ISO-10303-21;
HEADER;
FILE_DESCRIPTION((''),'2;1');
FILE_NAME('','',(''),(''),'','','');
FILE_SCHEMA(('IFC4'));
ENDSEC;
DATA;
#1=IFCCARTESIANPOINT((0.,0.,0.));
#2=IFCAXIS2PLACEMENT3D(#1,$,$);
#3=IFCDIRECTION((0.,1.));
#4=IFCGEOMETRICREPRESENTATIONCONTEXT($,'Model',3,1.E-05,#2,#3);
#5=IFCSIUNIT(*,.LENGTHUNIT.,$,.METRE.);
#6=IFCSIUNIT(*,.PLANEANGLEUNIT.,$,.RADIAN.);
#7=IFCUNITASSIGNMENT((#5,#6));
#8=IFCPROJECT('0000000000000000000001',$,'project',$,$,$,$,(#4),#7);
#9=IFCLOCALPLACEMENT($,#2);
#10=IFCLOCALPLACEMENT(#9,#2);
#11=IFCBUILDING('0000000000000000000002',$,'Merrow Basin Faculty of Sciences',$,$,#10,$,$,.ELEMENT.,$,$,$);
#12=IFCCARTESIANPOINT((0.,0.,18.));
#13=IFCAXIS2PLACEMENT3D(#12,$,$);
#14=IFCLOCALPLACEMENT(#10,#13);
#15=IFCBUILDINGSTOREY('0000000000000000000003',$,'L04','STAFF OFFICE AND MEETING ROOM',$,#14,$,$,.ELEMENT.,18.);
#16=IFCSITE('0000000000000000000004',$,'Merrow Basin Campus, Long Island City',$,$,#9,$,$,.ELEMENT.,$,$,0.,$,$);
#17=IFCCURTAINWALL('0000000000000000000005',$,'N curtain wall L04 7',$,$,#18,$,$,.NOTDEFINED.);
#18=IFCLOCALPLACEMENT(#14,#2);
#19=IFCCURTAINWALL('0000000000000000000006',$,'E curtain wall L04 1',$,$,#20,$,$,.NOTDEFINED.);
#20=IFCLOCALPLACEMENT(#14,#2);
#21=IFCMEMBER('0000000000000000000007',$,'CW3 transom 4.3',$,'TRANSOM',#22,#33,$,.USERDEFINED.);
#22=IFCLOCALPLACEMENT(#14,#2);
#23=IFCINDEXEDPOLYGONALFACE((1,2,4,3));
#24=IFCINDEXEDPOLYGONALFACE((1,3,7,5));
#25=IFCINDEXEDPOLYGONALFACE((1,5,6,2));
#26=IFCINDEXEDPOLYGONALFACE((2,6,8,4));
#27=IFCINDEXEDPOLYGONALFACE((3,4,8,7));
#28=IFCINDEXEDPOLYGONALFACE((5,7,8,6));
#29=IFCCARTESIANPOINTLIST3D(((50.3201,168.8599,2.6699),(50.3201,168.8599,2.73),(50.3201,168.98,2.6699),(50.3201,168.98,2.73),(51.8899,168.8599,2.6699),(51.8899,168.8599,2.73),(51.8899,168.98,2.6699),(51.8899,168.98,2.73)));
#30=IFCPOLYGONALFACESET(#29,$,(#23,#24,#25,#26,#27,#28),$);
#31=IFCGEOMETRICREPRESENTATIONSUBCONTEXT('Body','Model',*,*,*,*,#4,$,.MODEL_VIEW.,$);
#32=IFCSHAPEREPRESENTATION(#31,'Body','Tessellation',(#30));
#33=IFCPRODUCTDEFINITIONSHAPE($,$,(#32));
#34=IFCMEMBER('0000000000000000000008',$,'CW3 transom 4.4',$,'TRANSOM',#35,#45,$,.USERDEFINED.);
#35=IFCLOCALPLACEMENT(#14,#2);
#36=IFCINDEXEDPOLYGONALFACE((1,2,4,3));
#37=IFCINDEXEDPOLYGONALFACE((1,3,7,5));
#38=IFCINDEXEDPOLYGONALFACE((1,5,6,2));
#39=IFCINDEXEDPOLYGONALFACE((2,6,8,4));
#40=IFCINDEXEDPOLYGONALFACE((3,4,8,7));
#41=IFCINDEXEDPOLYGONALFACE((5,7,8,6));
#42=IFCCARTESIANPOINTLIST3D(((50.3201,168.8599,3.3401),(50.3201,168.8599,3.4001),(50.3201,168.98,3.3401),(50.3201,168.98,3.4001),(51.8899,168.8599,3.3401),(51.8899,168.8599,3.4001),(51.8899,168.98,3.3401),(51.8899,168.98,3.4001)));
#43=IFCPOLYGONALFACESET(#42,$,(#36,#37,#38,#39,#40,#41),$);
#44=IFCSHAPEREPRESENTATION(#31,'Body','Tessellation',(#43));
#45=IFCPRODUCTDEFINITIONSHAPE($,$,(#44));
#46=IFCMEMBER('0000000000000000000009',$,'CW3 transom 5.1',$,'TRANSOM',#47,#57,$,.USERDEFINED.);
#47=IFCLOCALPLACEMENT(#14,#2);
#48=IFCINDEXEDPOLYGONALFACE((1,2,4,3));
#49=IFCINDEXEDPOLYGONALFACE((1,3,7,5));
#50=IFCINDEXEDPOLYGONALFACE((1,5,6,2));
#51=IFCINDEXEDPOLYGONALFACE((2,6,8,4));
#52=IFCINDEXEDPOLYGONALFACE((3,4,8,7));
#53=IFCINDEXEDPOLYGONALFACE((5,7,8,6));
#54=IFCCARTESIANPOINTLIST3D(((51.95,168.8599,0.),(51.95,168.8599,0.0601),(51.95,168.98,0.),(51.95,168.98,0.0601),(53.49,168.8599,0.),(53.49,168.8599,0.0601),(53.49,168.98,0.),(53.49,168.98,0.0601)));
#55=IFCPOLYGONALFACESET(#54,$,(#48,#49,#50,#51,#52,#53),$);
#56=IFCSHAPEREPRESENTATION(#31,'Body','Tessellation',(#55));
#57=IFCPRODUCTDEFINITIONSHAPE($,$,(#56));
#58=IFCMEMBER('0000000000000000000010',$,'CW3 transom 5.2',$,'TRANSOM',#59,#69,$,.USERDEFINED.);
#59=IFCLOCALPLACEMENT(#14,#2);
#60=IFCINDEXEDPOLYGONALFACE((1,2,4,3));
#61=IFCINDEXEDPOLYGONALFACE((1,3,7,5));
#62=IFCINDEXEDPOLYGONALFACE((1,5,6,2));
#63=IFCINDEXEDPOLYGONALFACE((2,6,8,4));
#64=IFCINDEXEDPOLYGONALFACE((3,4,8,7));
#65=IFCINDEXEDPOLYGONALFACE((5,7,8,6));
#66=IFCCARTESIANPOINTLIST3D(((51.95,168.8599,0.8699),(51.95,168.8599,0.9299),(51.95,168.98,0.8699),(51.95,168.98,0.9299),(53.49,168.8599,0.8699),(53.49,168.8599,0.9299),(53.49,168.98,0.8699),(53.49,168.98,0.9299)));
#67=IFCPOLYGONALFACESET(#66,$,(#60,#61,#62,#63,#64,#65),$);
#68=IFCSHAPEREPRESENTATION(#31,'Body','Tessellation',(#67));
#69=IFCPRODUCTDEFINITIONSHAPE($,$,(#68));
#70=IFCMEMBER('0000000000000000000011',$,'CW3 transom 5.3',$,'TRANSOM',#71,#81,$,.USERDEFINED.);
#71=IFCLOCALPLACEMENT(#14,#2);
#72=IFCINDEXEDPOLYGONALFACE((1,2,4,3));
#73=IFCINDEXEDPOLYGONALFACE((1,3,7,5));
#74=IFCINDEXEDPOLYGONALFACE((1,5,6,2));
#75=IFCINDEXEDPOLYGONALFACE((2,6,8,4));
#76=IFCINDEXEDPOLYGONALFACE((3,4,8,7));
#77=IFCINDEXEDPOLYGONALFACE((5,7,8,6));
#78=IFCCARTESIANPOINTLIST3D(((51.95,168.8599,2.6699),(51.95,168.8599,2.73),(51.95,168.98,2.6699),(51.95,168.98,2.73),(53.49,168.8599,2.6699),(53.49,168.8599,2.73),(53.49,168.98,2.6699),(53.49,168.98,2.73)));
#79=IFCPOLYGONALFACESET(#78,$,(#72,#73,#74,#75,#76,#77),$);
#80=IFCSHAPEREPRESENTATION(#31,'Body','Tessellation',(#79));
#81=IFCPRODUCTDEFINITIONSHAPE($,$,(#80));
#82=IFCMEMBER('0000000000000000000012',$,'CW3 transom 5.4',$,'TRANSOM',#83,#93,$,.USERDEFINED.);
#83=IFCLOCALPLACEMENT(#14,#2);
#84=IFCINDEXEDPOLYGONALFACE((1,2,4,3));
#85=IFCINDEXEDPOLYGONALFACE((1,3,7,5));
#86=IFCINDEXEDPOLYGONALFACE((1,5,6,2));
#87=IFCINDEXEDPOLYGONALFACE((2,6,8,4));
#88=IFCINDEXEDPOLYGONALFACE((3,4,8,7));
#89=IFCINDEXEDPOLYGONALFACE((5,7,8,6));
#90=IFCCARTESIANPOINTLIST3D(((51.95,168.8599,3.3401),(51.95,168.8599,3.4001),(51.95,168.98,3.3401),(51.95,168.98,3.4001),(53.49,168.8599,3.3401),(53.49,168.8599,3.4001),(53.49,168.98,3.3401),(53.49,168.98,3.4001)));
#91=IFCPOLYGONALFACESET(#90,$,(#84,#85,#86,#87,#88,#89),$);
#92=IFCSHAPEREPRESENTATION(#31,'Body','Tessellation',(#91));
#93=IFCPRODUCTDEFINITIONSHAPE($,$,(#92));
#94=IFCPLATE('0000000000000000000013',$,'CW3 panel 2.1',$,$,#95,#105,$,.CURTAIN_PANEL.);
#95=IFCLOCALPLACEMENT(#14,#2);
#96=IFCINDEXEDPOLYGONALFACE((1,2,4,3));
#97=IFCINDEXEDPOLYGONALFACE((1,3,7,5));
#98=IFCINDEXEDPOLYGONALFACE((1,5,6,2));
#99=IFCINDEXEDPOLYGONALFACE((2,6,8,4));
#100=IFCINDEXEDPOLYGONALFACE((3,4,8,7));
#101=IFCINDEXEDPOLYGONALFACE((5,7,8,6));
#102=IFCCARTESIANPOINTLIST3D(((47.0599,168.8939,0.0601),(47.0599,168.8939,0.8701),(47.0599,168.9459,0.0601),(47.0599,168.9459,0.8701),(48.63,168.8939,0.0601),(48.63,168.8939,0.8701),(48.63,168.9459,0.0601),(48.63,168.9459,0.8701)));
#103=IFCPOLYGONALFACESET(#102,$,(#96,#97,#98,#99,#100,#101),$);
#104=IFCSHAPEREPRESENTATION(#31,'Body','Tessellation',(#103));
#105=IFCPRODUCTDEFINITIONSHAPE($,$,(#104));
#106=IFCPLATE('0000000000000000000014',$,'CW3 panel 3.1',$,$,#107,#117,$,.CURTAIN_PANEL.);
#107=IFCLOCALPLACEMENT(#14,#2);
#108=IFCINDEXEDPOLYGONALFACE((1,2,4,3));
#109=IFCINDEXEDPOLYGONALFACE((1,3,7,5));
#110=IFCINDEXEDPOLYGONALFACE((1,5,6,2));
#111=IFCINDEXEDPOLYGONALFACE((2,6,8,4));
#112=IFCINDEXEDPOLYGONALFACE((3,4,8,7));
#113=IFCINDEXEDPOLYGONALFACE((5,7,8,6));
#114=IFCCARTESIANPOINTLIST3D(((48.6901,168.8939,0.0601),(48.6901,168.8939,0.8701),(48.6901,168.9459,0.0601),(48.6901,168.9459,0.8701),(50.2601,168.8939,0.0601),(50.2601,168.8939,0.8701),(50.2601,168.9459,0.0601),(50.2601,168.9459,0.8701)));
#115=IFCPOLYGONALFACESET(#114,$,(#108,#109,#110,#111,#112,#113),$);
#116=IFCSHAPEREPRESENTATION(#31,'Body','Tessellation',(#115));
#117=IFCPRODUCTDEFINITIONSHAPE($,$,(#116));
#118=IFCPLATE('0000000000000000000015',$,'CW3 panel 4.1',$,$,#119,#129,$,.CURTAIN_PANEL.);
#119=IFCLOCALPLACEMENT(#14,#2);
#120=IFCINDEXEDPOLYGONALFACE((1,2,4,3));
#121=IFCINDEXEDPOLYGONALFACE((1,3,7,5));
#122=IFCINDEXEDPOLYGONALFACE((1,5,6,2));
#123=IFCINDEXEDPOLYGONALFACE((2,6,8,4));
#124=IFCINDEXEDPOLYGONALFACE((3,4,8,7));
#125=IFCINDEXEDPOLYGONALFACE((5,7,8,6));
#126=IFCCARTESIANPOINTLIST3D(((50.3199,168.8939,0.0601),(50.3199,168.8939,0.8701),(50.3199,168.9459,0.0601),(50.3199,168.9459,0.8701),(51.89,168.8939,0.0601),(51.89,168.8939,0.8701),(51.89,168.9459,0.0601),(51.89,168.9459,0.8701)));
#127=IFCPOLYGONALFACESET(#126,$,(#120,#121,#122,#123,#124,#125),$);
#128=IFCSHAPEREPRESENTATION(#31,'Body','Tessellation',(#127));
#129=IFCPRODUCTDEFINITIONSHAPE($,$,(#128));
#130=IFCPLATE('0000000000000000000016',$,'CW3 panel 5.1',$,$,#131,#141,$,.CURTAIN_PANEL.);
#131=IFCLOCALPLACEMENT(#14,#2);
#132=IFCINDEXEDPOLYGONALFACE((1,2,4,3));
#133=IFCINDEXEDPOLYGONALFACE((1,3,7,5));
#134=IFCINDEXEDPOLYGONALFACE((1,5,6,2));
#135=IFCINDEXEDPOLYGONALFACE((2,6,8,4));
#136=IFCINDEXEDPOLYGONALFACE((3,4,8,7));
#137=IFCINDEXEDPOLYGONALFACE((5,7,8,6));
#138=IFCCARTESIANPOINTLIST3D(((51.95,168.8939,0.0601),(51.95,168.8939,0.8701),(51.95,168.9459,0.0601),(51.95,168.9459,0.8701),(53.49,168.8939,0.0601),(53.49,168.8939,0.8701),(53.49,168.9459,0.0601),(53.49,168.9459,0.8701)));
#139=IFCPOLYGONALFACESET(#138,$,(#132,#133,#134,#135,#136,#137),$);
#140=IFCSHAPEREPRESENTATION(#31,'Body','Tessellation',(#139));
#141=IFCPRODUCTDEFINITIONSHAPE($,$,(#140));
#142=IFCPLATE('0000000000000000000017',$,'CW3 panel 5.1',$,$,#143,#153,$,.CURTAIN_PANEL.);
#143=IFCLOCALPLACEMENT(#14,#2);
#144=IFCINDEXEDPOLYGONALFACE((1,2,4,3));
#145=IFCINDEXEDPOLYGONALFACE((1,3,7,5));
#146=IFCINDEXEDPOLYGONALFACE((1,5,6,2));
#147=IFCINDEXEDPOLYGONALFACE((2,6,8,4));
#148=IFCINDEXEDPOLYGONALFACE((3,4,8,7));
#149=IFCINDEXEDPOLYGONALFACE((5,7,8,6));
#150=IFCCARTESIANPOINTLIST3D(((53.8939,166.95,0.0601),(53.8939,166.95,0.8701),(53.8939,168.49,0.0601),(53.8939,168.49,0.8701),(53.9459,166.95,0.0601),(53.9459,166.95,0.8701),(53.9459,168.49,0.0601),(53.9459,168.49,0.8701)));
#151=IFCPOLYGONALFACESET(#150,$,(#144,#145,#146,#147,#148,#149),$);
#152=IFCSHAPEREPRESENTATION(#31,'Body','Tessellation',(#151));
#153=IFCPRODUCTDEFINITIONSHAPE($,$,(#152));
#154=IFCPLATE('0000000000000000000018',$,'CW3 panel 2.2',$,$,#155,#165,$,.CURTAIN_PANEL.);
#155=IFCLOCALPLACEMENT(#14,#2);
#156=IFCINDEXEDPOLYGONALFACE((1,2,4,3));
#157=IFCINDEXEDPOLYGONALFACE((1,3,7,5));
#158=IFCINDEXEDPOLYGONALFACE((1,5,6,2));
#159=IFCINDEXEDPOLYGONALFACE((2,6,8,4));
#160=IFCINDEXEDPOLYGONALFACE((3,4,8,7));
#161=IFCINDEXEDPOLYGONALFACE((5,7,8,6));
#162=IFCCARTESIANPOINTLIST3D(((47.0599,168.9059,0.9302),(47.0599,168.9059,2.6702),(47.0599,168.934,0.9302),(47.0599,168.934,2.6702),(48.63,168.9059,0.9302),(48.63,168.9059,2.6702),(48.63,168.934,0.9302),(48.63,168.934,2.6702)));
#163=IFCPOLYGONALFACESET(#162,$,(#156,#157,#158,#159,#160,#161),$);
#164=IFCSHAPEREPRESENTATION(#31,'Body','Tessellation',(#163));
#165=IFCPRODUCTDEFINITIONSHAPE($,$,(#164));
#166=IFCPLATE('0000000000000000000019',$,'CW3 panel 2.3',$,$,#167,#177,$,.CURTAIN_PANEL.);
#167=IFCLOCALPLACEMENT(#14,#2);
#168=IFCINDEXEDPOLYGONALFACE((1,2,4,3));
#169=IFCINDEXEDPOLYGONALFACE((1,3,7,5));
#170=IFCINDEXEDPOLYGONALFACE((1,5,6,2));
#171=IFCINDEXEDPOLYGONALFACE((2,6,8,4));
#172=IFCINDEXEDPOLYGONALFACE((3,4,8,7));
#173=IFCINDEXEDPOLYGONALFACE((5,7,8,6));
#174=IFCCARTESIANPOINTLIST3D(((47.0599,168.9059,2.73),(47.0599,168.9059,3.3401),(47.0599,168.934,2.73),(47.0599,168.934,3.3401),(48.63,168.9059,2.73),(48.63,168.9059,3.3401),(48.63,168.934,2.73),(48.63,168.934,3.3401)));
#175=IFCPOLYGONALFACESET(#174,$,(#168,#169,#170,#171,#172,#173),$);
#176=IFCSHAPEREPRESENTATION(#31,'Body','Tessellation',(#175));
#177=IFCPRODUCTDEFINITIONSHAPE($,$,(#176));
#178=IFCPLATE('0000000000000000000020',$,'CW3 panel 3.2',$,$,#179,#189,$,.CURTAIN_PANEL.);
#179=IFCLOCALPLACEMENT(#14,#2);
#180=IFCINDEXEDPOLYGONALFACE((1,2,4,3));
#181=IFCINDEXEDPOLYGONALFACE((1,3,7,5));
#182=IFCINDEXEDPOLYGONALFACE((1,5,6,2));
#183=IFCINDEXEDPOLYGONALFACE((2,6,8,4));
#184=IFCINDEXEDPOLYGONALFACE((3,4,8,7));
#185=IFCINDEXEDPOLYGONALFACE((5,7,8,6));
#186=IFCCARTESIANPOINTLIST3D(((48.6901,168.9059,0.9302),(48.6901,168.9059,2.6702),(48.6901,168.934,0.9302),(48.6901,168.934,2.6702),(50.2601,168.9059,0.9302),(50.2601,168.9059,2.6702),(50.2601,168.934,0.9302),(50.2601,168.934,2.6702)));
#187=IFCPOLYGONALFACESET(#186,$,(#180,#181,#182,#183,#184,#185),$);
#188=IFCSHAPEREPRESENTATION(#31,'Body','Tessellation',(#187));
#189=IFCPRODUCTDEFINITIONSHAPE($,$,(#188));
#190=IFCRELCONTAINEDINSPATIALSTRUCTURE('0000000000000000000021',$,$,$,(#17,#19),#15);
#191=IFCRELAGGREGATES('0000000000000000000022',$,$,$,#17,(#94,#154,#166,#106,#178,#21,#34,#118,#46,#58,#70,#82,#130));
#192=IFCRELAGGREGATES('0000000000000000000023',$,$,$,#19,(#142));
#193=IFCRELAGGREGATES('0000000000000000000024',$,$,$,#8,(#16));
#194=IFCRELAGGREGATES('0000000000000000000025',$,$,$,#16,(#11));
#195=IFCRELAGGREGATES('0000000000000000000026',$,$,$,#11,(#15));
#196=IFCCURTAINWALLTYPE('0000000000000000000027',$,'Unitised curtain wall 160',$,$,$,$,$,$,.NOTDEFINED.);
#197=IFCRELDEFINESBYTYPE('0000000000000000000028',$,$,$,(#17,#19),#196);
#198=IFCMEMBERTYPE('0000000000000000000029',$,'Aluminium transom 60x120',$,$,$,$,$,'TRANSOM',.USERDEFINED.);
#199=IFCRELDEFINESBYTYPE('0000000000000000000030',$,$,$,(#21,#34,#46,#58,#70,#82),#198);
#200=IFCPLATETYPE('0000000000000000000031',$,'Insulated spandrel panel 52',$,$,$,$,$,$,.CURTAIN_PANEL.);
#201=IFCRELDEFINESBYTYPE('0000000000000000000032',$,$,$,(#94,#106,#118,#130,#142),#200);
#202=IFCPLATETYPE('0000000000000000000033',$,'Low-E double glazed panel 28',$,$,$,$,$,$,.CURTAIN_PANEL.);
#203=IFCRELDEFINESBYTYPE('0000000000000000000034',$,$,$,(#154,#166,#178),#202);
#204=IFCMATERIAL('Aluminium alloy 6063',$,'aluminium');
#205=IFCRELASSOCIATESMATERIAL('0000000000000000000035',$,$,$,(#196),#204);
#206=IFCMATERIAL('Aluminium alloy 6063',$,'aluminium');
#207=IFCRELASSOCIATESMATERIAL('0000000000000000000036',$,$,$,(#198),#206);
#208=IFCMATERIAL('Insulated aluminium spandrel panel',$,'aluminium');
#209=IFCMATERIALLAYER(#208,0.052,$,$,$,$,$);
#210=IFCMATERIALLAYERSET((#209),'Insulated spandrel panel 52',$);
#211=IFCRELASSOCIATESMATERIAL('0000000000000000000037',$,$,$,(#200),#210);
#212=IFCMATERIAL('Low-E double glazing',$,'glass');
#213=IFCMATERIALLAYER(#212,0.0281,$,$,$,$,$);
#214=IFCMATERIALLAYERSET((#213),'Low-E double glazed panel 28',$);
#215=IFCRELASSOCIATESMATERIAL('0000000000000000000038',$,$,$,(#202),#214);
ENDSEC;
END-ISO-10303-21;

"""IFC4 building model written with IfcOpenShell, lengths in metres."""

from ifc_helpers import new_model, si_unit, direction, frame, origin, origin_2d, place, context, subcontext, project, spatial, rectangle, extrude, material, layer, layer_set, material_profile, profile_set, type_object, element, aggregate, save


model = new_model("IFC4")

# Units and contexts
model_context = context("Model", 3, precision=1e-05, world=origin(), true_north=direction((0.0, 1.0)))
body_context = subcontext(model_context, "Body", "Model", "MODEL_VIEW")
ifc_project = project(units=[si_unit("LENGTHUNIT", "METRE"), si_unit("PLANEANGLEUNIT", "RADIAN")], contexts=[model_context])

# Site, building, storey
site_placement = place(None, origin())
site = spatial("IfcSite", under=ifc_project, at=site_placement, Name="Merrow Basin Campus, Long Island City", CompositionType="ELEMENT", RefElevation=0.0)
building_placement = place(site_placement, origin())
building = spatial("IfcBuilding", under=site, at=building_placement, Name="Merrow Basin Faculty of Sciences", CompositionType="ELEMENT")
storey_placement = place(building_placement, frame((0.0, 0.0, 18.0)))
storey = spatial("IfcBuildingStorey", under=building, at=storey_placement, Name="L04", Description="STAFF OFFICE AND MEETING ROOM", CompositionType="ELEMENT", Elevation=18.0)

# Curtain wall
ifc_material_1 = material(Name="Aluminium alloy 6063", Category="aluminium")
curtain_wall_type = type_object("IfcCurtainWallType", Name="Unitised curtain wall 160", PredefinedType="NOTDEFINED", material=ifc_material_1)
curtain_wall_1_placement = place(storey_placement, origin())
curtain_wall_1 = element("IfcCurtainWall", 1, at=curtain_wall_1_placement, inside=storey, type_object=curtain_wall_type, Name="N curtain wall L04 7", PredefinedType="NOTDEFINED")

# Curtain wall
curtain_wall_2_placement = place(storey_placement, origin())
curtain_wall_2 = element("IfcCurtainWall", 2, at=curtain_wall_2_placement, inside=storey, type_object=curtain_wall_type, Name="E curtain wall L04 1", PredefinedType="NOTDEFINED")

# Members
ifc_material_2 = material(Name="Aluminium alloy 6063", Category="aluminium")
ifc_material_profile_1 = material_profile(ifc_material_2, rectangle(XDim=0.1201, YDim=0.0601, at=origin_2d()))
ifc_profile_set_1 = profile_set([ifc_material_profile_1], Name="Aluminium alloy 6063")
member_type_1 = type_object("IfcMemberType", Name="Aluminium transom 60x120", ElementType="TRANSOM", PredefinedType="USERDEFINED", material=ifc_profile_set_1)
member_1_placement = place(storey_placement, frame((50.3201, 168.9199, 2.7), z_axis=(1.0, 0.0, 0.0), x_axis=(0.0, 1.0, 0.0)))
member_1 = element("IfcMember", 3, at=member_1_placement, type_object=member_type_1, Name="CW3 transom 4.3", ObjectType="TRANSOM", PredefinedType="USERDEFINED", context=body_context, shape_type="SweptSolid", body=[
    extrude(rectangle(XDim=0.1201, YDim=0.0601, at=origin_2d()), origin(), (0.0, 0.0, 1.0), 1.5698),
])
member_2_placement = place(storey_placement, frame((50.3201, 168.9199, 3.3701), z_axis=(1.0, 0.0, 0.0), x_axis=(0.0, 1.0, 0.0)))
member_2 = element("IfcMember", 4, at=member_2_placement, type_object=member_type_1, Name="CW3 transom 4.4", ObjectType="TRANSOM", PredefinedType="USERDEFINED", context=body_context, shape_type="SweptSolid", body=[
    extrude(rectangle(XDim=0.1201, YDim=0.0601, at=origin_2d()), origin(), (0.0, 0.0, 1.0), 1.5698),
])
member_3_placement = place(storey_placement, frame((51.95, 168.9199, 0.03), z_axis=(1.0, 0.0, 0.0), x_axis=(0.0, 1.0, 0.0)))
member_3 = element("IfcMember", 5, at=member_3_placement, type_object=member_type_1, Name="CW3 transom 5.1", ObjectType="TRANSOM", PredefinedType="USERDEFINED", context=body_context, shape_type="SweptSolid", body=[
    extrude(rectangle(XDim=0.1201, YDim=0.0601, at=origin_2d()), origin(), (0.0, 0.0, 1.0), 1.54),
])
member_4_placement = place(storey_placement, frame((51.95, 168.9199, 0.8999), z_axis=(1.0, 0.0, 0.0), x_axis=(0.0, 1.0, 0.0)))
member_4 = element("IfcMember", 6, at=member_4_placement, type_object=member_type_1, Name="CW3 transom 5.2", ObjectType="TRANSOM", PredefinedType="USERDEFINED", context=body_context, shape_type="SweptSolid", body=[
    extrude(rectangle(XDim=0.1201, YDim=0.0601, at=origin_2d()), origin(), (0.0, 0.0, 1.0), 1.54),
])
member_5_placement = place(storey_placement, frame((51.95, 168.9199, 2.7), z_axis=(1.0, 0.0, 0.0), x_axis=(0.0, 1.0, 0.0)))
member_5 = element("IfcMember", 7, at=member_5_placement, type_object=member_type_1, Name="CW3 transom 5.3", ObjectType="TRANSOM", PredefinedType="USERDEFINED", context=body_context, shape_type="SweptSolid", body=[
    extrude(rectangle(XDim=0.1201, YDim=0.0601, at=origin_2d()), origin(), (0.0, 0.0, 1.0), 1.54),
])
member_6_placement = place(storey_placement, frame((51.95, 168.9199, 3.3701), z_axis=(1.0, 0.0, 0.0), x_axis=(0.0, 1.0, 0.0)))
member_6 = element("IfcMember", 8, at=member_6_placement, type_object=member_type_1, Name="CW3 transom 5.4", ObjectType="TRANSOM", PredefinedType="USERDEFINED", context=body_context, shape_type="SweptSolid", body=[
    extrude(rectangle(XDim=0.1201, YDim=0.0601, at=origin_2d()), origin(), (0.0, 0.0, 1.0), 1.54),
])

# Plates
ifc_material_3 = material(Name="Insulated aluminium spandrel panel", Category="aluminium")
ifc_layer_1 = layer(ifc_material_3, 0.052)
ifc_layer_set_1 = layer_set([ifc_layer_1], Name="Insulated spandrel panel 52")
plate_type_1 = type_object("IfcPlateType", Name="Insulated spandrel panel 52", PredefinedType="CURTAIN_PANEL", material=ifc_layer_set_1)
plate_1_placement = place(storey_placement, frame((47.845, 168.9199, 0.0601), z_axis=(0.0, 0.0, 1.0), x_axis=(1.0, 0.0, 0.0)))
plate_1 = element("IfcPlate", 9, at=plate_1_placement, type_object=plate_type_1, Name="CW3 panel 2.1", PredefinedType="CURTAIN_PANEL", context=body_context, shape_type="SweptSolid", body=[
    extrude(rectangle(XDim=1.5701, YDim=0.052, at=origin_2d()), origin(), (0.0, 0.0, 1.0), 0.8101),
])
plate_2_placement = place(storey_placement, frame((49.4751, 168.9199, 0.0601), z_axis=(0.0, 0.0, 1.0), x_axis=(1.0, 0.0, 0.0)))
plate_2 = element("IfcPlate", 10, at=plate_2_placement, type_object=plate_type_1, Name="CW3 panel 3.1", PredefinedType="CURTAIN_PANEL", context=body_context, shape_type="SweptSolid", body=[
    extrude(rectangle(XDim=1.5701, YDim=0.052, at=origin_2d()), origin(), (0.0, 0.0, 1.0), 0.8101),
])
plate_3_placement = place(storey_placement, frame((51.105, 168.9199, 0.0601), z_axis=(0.0, 0.0, 1.0), x_axis=(1.0, 0.0, 0.0)))
plate_3 = element("IfcPlate", 11, at=plate_3_placement, type_object=plate_type_1, Name="CW3 panel 4.1", PredefinedType="CURTAIN_PANEL", context=body_context, shape_type="SweptSolid", body=[
    extrude(rectangle(XDim=1.5701, YDim=0.052, at=origin_2d()), origin(), (0.0, 0.0, 1.0), 0.8101),
])
plate_4_placement = place(storey_placement, frame((52.72, 168.9199, 0.0601), z_axis=(0.0, 0.0, 1.0), x_axis=(1.0, 0.0, 0.0)))
plate_4 = element("IfcPlate", 12, at=plate_4_placement, type_object=plate_type_1, Name="CW3 panel 5.1", PredefinedType="CURTAIN_PANEL", context=body_context, shape_type="SweptSolid", body=[
    extrude(rectangle(XDim=1.54, YDim=0.052, at=origin_2d()), origin(), (0.0, 0.0, 1.0), 0.8101),
])
plate_5_placement = place(storey_placement, frame((53.9199, 167.72, 0.0601), z_axis=(0.0, 0.0, 1.0), x_axis=(0.0, 1.0, 0.0)))
plate_5 = element("IfcPlate", 13, at=plate_5_placement, type_object=plate_type_1, Name="CW3 panel 5.1", PredefinedType="CURTAIN_PANEL", context=body_context, shape_type="SweptSolid", body=[
    extrude(rectangle(XDim=1.54, YDim=0.052, at=origin_2d()), origin(), (0.0, 0.0, 1.0), 0.8101),
])
ifc_material_4 = material(Name="Low-E double glazing", Category="glass")
ifc_layer_2 = layer(ifc_material_4, 0.0281)
ifc_layer_set_2 = layer_set([ifc_layer_2], Name="Low-E double glazed panel 28")
plate_type_2 = type_object("IfcPlateType", Name="Low-E double glazed panel 28", PredefinedType="CURTAIN_PANEL", material=ifc_layer_set_2)
plate_6_placement = place(storey_placement, frame((47.845, 168.9199, 0.9302), z_axis=(0.0, 0.0, 1.0), x_axis=(1.0, 0.0, 0.0)))
plate_6 = element("IfcPlate", 14, at=plate_6_placement, type_object=plate_type_2, Name="CW3 panel 2.2", PredefinedType="CURTAIN_PANEL", context=body_context, shape_type="SweptSolid", body=[
    extrude(rectangle(XDim=1.5701, YDim=0.0281, at=origin_2d()), origin(), (0.0, 0.0, 1.0), 1.74),
])
plate_7_placement = place(storey_placement, frame((47.845, 168.9199, 2.73), z_axis=(0.0, 0.0, 1.0), x_axis=(1.0, 0.0, 0.0)))
plate_7 = element("IfcPlate", 15, at=plate_7_placement, type_object=plate_type_2, Name="CW3 panel 2.3", PredefinedType="CURTAIN_PANEL", context=body_context, shape_type="SweptSolid", body=[
    extrude(rectangle(XDim=1.5701, YDim=0.0281, at=origin_2d()), origin(), (0.0, 0.0, 1.0), 0.6101),
])
plate_8_placement = place(storey_placement, frame((49.4751, 168.9199, 0.9302), z_axis=(0.0, 0.0, 1.0), x_axis=(1.0, 0.0, 0.0)))
plate_8 = element("IfcPlate", 16, at=plate_8_placement, type_object=plate_type_2, Name="CW3 panel 3.2", PredefinedType="CURTAIN_PANEL", context=body_context, shape_type="SweptSolid", body=[
    extrude(rectangle(XDim=1.5701, YDim=0.0281, at=origin_2d()), origin(), (0.0, 0.0, 1.0), 1.74),
])
aggregate(curtain_wall_1, [plate_1, plate_6, plate_7, plate_2, plate_8, member_1, member_2, plate_3, member_3, member_4, member_5, member_6, plate_4])
aggregate(curtain_wall_2, [plate_5])

save(model, "model.ifc")
